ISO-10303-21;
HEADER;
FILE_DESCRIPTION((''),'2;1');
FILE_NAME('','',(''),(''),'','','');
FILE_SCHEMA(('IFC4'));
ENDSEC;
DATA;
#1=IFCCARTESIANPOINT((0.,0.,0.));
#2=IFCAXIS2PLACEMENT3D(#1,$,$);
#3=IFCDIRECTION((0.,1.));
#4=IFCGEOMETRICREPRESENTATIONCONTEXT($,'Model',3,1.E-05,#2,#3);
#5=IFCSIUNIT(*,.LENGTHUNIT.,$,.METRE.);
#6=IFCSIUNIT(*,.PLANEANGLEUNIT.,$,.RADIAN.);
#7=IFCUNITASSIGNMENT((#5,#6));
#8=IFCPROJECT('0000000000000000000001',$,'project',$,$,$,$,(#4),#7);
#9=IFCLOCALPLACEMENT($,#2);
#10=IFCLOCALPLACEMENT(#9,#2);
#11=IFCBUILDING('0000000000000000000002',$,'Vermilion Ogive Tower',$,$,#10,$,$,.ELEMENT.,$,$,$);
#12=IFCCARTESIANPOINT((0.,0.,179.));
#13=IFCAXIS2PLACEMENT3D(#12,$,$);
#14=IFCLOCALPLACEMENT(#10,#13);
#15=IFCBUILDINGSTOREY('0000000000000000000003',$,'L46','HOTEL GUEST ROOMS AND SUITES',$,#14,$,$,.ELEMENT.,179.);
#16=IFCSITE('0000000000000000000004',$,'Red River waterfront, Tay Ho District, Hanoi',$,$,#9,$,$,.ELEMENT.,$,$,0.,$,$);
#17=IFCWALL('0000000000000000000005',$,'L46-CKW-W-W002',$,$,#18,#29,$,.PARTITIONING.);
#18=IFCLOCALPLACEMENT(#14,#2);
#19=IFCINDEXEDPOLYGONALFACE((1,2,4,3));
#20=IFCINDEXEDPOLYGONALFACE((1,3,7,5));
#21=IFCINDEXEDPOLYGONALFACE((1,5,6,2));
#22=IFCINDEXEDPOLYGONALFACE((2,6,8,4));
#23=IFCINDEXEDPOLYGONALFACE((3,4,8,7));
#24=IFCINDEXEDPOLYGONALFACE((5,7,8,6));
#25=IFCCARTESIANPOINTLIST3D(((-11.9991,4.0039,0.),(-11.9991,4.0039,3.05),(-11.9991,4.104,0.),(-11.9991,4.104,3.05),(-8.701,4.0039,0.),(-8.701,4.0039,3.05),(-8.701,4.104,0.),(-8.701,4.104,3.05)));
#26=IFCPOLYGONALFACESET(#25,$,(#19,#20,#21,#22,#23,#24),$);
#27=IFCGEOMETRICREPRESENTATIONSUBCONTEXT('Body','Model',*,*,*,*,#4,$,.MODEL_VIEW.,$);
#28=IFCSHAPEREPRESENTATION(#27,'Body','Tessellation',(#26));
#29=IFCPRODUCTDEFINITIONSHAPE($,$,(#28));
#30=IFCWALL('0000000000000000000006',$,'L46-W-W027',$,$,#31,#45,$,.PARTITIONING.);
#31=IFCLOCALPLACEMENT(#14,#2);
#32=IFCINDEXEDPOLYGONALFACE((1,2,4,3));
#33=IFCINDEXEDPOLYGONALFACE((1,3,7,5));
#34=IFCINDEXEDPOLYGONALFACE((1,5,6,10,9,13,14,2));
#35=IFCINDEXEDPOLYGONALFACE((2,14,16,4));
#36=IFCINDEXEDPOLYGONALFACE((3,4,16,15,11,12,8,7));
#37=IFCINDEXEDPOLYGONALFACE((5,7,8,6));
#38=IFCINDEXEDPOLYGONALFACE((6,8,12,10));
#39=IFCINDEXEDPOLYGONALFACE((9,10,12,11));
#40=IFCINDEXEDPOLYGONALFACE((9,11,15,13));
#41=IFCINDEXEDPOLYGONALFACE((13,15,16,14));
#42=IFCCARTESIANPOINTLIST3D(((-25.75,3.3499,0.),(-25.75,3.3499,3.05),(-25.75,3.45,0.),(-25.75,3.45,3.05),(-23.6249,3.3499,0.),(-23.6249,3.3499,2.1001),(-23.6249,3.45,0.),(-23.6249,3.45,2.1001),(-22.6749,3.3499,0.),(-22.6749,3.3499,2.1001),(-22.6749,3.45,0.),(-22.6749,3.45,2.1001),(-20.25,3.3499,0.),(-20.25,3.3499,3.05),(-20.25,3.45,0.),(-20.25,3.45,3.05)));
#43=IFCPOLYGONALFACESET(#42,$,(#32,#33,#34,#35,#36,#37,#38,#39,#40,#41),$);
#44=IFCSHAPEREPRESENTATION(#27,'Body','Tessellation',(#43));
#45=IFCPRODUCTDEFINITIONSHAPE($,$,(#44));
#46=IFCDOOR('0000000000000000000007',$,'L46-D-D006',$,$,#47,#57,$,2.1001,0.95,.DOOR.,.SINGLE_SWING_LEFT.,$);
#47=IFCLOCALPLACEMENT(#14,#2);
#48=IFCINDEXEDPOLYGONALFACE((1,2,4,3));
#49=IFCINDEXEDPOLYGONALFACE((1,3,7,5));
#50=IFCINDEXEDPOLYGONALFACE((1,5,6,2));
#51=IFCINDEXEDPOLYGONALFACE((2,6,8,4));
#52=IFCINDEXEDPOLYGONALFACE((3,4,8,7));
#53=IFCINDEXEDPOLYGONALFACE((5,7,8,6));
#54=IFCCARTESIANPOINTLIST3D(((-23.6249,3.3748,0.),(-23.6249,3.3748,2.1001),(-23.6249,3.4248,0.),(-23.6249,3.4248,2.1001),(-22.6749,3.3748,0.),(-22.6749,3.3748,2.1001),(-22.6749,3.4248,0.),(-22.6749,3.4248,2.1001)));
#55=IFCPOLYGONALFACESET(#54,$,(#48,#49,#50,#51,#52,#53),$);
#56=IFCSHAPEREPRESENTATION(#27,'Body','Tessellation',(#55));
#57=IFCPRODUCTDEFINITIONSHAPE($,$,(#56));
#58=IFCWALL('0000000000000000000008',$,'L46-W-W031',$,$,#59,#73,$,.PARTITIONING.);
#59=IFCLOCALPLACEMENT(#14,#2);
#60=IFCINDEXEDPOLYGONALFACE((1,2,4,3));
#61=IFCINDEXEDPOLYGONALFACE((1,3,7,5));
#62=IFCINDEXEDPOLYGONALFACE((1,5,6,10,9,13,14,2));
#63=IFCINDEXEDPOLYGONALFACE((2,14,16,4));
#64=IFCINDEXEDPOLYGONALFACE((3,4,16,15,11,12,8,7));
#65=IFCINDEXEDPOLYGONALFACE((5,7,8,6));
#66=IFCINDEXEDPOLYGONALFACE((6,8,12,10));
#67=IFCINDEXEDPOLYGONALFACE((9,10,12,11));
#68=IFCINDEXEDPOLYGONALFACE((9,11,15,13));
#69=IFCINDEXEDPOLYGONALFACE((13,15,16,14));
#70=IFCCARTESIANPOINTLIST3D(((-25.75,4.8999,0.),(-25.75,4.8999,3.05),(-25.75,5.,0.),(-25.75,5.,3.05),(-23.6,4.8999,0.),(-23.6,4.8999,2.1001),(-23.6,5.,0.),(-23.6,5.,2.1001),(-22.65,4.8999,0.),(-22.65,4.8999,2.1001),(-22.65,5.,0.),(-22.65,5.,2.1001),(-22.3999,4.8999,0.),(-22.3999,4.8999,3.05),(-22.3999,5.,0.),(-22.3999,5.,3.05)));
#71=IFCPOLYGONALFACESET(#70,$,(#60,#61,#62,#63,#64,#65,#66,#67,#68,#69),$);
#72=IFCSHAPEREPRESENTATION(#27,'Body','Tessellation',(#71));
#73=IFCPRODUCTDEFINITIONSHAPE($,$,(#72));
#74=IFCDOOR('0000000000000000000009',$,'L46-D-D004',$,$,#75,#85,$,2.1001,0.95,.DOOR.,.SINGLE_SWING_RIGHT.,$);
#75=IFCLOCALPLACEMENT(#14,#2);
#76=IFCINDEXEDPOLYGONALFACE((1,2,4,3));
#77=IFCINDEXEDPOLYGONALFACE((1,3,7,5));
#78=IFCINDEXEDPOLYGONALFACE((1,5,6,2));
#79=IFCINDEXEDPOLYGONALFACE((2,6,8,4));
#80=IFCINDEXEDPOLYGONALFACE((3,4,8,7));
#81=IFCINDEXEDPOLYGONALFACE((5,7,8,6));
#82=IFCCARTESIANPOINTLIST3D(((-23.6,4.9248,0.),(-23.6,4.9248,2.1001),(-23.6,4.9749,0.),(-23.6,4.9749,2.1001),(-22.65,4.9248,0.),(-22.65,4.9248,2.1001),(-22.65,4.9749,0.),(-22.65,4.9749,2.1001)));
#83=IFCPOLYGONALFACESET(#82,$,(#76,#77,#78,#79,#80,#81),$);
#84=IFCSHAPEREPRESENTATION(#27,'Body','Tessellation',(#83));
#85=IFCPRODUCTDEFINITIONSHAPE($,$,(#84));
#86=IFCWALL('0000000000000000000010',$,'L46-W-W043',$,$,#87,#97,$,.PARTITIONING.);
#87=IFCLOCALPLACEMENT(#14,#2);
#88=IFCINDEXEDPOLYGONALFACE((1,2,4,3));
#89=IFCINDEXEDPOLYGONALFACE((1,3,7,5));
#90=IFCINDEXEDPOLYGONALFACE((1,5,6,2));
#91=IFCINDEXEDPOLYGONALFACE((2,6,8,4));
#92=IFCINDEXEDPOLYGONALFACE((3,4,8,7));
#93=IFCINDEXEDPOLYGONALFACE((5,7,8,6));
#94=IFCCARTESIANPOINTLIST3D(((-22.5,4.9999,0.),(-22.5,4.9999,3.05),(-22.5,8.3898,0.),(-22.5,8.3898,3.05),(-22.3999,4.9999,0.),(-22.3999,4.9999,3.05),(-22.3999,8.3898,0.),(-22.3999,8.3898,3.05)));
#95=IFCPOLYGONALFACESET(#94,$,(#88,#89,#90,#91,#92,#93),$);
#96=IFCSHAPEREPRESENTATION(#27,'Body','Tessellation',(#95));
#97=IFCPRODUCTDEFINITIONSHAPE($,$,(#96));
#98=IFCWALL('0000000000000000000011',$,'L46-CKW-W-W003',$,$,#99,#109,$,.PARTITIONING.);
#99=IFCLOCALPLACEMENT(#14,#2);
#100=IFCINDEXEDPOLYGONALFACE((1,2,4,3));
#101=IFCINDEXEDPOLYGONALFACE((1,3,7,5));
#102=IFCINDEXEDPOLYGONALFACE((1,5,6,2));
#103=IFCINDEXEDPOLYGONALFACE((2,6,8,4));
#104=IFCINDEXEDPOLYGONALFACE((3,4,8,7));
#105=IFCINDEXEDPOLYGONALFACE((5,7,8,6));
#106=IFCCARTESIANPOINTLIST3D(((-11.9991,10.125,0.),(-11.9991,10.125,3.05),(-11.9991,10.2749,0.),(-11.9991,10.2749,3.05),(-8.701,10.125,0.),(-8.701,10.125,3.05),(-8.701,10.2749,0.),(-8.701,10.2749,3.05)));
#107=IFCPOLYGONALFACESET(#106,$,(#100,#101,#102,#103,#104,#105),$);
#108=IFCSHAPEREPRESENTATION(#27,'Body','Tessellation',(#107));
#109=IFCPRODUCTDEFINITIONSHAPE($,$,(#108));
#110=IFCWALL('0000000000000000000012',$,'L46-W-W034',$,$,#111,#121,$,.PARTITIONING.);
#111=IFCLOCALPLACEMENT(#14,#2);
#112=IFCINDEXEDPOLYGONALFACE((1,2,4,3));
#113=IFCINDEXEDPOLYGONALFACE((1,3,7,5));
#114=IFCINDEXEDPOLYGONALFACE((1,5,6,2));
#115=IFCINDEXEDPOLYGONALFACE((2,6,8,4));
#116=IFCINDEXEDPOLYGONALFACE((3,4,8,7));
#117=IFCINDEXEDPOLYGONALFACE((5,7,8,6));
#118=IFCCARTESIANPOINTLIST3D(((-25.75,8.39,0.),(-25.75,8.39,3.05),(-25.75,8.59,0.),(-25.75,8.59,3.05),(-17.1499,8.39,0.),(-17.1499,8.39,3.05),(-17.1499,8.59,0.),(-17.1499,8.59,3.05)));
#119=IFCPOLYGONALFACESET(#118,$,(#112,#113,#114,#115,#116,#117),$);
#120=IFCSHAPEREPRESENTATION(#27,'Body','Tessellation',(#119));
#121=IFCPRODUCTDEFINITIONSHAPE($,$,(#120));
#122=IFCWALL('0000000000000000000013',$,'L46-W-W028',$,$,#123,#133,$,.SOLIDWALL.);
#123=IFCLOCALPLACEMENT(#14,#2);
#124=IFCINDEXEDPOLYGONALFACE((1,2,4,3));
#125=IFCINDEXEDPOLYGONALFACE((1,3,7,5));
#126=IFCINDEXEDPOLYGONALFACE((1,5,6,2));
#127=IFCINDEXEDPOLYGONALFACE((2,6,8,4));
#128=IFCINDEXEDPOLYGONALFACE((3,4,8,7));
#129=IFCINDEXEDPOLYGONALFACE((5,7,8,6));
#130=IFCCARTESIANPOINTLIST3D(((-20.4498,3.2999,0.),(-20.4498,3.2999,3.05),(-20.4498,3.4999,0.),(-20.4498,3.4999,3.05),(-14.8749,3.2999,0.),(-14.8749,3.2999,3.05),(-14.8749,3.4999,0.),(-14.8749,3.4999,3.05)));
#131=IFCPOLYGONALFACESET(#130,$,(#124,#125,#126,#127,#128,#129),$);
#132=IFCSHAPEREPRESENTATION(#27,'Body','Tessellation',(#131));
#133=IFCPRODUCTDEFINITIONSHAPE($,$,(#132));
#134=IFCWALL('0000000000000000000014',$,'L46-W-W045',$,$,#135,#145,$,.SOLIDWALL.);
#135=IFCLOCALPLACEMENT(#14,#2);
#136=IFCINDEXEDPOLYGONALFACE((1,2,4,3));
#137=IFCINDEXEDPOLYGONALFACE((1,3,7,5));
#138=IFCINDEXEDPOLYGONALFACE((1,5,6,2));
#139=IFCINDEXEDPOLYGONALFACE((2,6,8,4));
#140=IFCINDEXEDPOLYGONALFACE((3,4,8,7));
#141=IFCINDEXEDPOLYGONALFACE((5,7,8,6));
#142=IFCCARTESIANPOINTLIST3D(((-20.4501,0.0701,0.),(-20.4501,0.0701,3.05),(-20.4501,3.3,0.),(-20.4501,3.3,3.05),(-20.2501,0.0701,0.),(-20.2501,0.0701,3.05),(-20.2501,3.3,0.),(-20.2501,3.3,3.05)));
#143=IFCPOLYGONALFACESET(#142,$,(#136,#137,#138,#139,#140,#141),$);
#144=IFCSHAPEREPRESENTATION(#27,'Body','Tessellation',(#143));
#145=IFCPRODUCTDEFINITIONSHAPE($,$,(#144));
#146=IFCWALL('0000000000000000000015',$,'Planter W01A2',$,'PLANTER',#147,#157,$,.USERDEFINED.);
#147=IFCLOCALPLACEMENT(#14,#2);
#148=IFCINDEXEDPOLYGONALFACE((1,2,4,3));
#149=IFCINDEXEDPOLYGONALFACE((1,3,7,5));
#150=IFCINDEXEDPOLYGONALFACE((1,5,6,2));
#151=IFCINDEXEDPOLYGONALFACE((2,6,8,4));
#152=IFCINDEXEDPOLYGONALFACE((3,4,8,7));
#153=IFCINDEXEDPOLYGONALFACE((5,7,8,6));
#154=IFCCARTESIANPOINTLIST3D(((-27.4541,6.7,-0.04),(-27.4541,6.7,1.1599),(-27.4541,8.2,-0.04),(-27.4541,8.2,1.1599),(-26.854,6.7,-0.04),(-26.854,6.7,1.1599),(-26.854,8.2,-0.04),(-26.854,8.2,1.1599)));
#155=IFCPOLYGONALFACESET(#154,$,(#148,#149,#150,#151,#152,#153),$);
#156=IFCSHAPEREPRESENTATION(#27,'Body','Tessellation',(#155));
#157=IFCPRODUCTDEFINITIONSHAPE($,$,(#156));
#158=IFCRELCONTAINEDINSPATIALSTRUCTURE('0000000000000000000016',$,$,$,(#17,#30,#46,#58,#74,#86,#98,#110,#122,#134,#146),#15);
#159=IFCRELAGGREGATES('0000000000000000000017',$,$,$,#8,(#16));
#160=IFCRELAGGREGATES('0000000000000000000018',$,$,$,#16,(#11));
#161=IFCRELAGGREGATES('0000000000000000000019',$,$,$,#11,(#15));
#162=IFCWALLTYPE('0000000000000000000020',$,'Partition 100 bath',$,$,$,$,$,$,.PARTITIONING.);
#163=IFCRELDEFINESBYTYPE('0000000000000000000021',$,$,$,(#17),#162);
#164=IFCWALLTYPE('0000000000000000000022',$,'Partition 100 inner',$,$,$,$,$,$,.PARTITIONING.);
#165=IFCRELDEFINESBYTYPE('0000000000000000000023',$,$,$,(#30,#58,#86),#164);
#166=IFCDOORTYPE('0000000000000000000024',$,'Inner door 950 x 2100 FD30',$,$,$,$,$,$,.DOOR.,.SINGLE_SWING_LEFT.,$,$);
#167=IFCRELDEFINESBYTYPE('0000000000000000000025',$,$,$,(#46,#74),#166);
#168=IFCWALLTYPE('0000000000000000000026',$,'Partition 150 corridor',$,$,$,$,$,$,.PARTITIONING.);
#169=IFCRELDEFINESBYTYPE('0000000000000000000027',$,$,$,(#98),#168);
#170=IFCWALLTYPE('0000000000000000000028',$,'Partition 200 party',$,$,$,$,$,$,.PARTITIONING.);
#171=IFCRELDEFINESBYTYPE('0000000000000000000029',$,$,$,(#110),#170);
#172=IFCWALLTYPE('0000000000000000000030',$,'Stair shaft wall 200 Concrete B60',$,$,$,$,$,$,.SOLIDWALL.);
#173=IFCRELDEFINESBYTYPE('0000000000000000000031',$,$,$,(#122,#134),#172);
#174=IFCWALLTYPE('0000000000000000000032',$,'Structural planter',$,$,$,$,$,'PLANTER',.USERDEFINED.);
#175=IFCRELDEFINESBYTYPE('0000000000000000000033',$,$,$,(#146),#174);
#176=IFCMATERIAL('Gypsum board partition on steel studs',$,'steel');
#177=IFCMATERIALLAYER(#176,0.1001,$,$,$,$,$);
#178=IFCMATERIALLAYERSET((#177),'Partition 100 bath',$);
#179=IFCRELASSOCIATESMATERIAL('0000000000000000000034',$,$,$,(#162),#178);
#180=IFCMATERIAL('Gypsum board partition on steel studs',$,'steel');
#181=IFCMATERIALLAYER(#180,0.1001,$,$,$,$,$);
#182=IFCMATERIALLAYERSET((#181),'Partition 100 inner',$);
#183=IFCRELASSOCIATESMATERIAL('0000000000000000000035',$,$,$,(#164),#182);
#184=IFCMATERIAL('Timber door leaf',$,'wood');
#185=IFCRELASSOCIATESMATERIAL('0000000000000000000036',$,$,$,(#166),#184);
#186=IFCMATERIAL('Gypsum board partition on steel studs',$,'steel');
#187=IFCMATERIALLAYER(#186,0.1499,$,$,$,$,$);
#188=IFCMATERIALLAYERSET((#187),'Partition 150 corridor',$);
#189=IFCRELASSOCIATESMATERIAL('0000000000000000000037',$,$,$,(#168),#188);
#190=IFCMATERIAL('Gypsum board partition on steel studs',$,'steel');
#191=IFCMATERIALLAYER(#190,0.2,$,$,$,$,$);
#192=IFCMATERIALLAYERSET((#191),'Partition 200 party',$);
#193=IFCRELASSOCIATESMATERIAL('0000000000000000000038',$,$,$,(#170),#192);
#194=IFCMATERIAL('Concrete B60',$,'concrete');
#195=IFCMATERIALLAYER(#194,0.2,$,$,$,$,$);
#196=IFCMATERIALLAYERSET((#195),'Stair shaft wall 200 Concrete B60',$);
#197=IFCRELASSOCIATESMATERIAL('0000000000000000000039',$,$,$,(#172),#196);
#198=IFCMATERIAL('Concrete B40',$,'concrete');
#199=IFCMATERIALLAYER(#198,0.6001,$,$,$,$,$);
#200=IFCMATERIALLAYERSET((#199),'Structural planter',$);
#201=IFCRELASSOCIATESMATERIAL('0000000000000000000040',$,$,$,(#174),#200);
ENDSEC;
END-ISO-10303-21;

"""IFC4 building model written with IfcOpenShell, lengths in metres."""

from ifc_helpers import new_model, si_unit, direction, frame, frame_2d, origin, place, context, subcontext, project, spatial, rectangle, extrude, material, layer, layer_set, type_object, element, fill, save


model = new_model("IFC4")

# Units and contexts
model_context = context("Model", 3, precision=1e-05, world=origin(), true_north=direction((0.0, 1.0)))
body_context = subcontext(model_context, "Body", "Model", "MODEL_VIEW")
ifc_project = project(units=[si_unit("LENGTHUNIT", "METRE"), si_unit("PLANEANGLEUNIT", "RADIAN")], contexts=[model_context])

# Site, building, storey
site_placement = place(None, origin())
site = spatial("IfcSite", under=ifc_project, at=site_placement, Name="Red River waterfront, Tay Ho District, Hanoi", CompositionType="ELEMENT", RefElevation=0.0)
building_placement = place(site_placement, origin())
building = spatial("IfcBuilding", under=site, at=building_placement, Name="Vermilion Ogive Tower", CompositionType="ELEMENT")
storey_placement = place(building_placement, frame((0.0, 0.0, 179.0)))
storey = spatial("IfcBuildingStorey", under=building, at=storey_placement, Name="L46", Description="HOTEL GUEST ROOMS AND SUITES", CompositionType="ELEMENT", Elevation=179.0)

# Shared definitions
ifc_material_1 = material(Name="Gypsum board partition on steel studs", Category="steel")
ifc_layer_1 = layer(ifc_material_1, 0.1001)
ifc_layer_set_1 = layer_set([ifc_layer_1], Name="Partition 100 bath")
wall_type_1 = type_object("IfcWallType", Name="Partition 100 bath", PredefinedType="PARTITIONING", material=ifc_layer_set_1)

# Wall
wall_1_placement = place(storey_placement, frame((-11.999, 4.054, 0.0), z_axis=(0.0, 0.0, 1.0), x_axis=(1.0, 0.0, 0.0)))
element("IfcWall", 1, at=wall_1_placement, inside=storey, type_object=wall_type_1, Name="L46-CKW-W-W002", PredefinedType="PARTITIONING", context=body_context, shape_type="SweptSolid", body=[
    extrude(rectangle(XDim=3.2981, YDim=0.1001, at=frame_2d((1.6489, 0.0))), origin(), (0.0, 0.0, 1.0), 3.05),
])

# Walls, openings, doors
ifc_material_2 = material(Name="Gypsum board partition on steel studs", Category="steel")
ifc_layer_2 = layer(ifc_material_2, 0.1001)
ifc_layer_set_2 = layer_set([ifc_layer_2], Name="Partition 100 inner")
wall_type_2 = type_object("IfcWallType", Name="Partition 100 inner", PredefinedType="PARTITIONING", material=ifc_layer_set_2)
wall_2_placement = place(storey_placement, frame((-25.75, 3.3999, 0.0), z_axis=(0.0, 0.0, 1.0), x_axis=(1.0, 0.0, 0.0)))
wall_2 = element("IfcWall", 2, at=wall_2_placement, inside=storey, type_object=wall_type_2, Name="L46-W-W027", PredefinedType="PARTITIONING", context=body_context, shape_type="SweptSolid", body=[
    extrude(rectangle(XDim=5.5, YDim=0.1001, at=frame_2d((2.75, 0.0))), origin(), (0.0, 0.0, 1.0), 3.05),
])
opening_1_placement = place(wall_2_placement, frame((2.125, 0.0, 0.0)))
opening_1 = element("IfcOpeningElement", 3, at=opening_1_placement, cuts=wall_2, PredefinedType="OPENING", context=body_context, shape_type="SweptSolid", body=[
    extrude(rectangle(XDim=0.95, YDim=2.1001, at=frame_2d((0.4751, 1.05))), frame((0.0, 0.0601, 0.0), z_axis=(0.0, -1.0, 0.0), x_axis=(1.0, 0.0, 0.0)), (0.0, 0.0, 1.0), 0.1201),
])
ifc_material_3 = material(Name="Timber door leaf", Category="wood")
door_type_1 = type_object("IfcDoorType", Name="Inner door 950 x 2100 FD30", OperationType="SINGLE_SWING_LEFT", PredefinedType="DOOR", material=ifc_material_3)
door_1_placement = place(opening_1_placement, origin())
door_1 = element("IfcDoor", 4, at=door_1_placement, inside=storey, type_object=door_type_1, Name="L46-D-D006", OperationType="SINGLE_SWING_LEFT", OverallHeight=2.1001, OverallWidth=0.95, PredefinedType="DOOR", context=body_context, shape_type="SweptSolid", body=[
    extrude(rectangle(XDim=0.95, YDim=2.1001, at=frame_2d((0.4751, 1.05))), frame((0.0, 0.0249, 0.0), z_axis=(0.0, -1.0, 0.0), x_axis=(1.0, 0.0, 0.0)), (0.0, 0.0, 1.0), 0.05),
])
fill(opening_1, door_1)
wall_3_placement = place(storey_placement, frame((-25.75, 4.95, 0.0), z_axis=(0.0, 0.0, 1.0), x_axis=(1.0, 0.0, 0.0)))
wall_3 = element("IfcWall", 5, at=wall_3_placement, inside=storey, type_object=wall_type_2, Name="L46-W-W031", PredefinedType="PARTITIONING", context=body_context, shape_type="SweptSolid", body=[
    extrude(rectangle(XDim=3.3501, YDim=0.1001, at=frame_2d((1.675, 0.0))), origin(), (0.0, 0.0, 1.0), 3.05),
])
opening_2_placement = place(wall_3_placement, frame((2.1499, 0.0, 0.0)))
opening_2 = element("IfcOpeningElement", 6, at=opening_2_placement, cuts=wall_3, PredefinedType="OPENING", context=body_context, shape_type="SweptSolid", body=[
    extrude(rectangle(XDim=0.95, YDim=2.1001, at=frame_2d((0.4751, 1.05))), frame((0.0, 0.0601, 0.0), z_axis=(0.0, -1.0, 0.0), x_axis=(1.0, 0.0, 0.0)), (0.0, 0.0, 1.0), 0.1201),
])
door_2_placement = place(opening_2_placement, origin())
door_2 = element("IfcDoor", 7, at=door_2_placement, inside=storey, type_object=door_type_1, Name="L46-D-D004", OperationType="SINGLE_SWING_RIGHT", OverallHeight=2.1001, OverallWidth=0.95, PredefinedType="DOOR", context=body_context, shape_type="SweptSolid", body=[
    extrude(rectangle(XDim=0.95, YDim=2.1001, at=frame_2d((0.4751, 1.05))), frame((0.0, 0.0249, 0.0), z_axis=(0.0, -1.0, 0.0), x_axis=(1.0, 0.0, 0.0)), (0.0, 0.0, 1.0), 0.05),
])
fill(opening_2, door_2)

# Walls
wall_4_placement = place(storey_placement, frame((-22.45, 5.0, 0.0), z_axis=(0.0, 0.0, 1.0), x_axis=(0.0, 1.0, 0.0)))
element("IfcWall", 8, at=wall_4_placement, inside=storey, type_object=wall_type_2, Name="L46-W-W043", PredefinedType="PARTITIONING", context=body_context, shape_type="SweptSolid", body=[
    extrude(rectangle(XDim=3.3899, YDim=0.1001, at=frame_2d((1.6948, 0.0))), origin(), (0.0, 0.0, 1.0), 3.05),
])
ifc_material_4 = material(Name="Gypsum board partition on steel studs", Category="steel")
ifc_layer_3 = layer(ifc_material_4, 0.1499)
ifc_layer_set_3 = layer_set([ifc_layer_3], Name="Partition 150 corridor")
wall_type_3 = type_object("IfcWallType", Name="Partition 150 corridor", PredefinedType="PARTITIONING", material=ifc_layer_set_3)
wall_5_placement = place(storey_placement, frame((-11.999, 10.2, 0.0), z_axis=(0.0, 0.0, 1.0), x_axis=(1.0, 0.0, 0.0)))
element("IfcWall", 9, at=wall_5_placement, inside=storey, type_object=wall_type_3, Name="L46-CKW-W-W003", PredefinedType="PARTITIONING", context=body_context, shape_type="SweptSolid", body=[
    extrude(rectangle(XDim=3.2981, YDim=0.1499, at=frame_2d((1.6489, 0.0))), origin(), (0.0, 0.0, 1.0), 3.05),
])
ifc_material_5 = material(Name="Gypsum board partition on steel studs", Category="steel")
ifc_layer_4 = layer(ifc_material_5, 0.2)
ifc_layer_set_4 = layer_set([ifc_layer_4], Name="Partition 200 party")
wall_type_4 = type_object("IfcWallType", Name="Partition 200 party", PredefinedType="PARTITIONING", material=ifc_layer_set_4)
wall_6_placement = place(storey_placement, frame((-25.75, 8.49, 0.0), z_axis=(0.0, 0.0, 1.0), x_axis=(1.0, 0.0, 0.0)))
element("IfcWall", 10, at=wall_6_placement, inside=storey, type_object=wall_type_4, Name="L46-W-W034", PredefinedType="PARTITIONING", context=body_context, shape_type="SweptSolid", body=[
    extrude(rectangle(XDim=8.6001, YDim=0.2, at=frame_2d((4.3, 0.0))), origin(), (0.0, 0.0, 1.0), 3.05),
])
ifc_material_6 = material(Name="Concrete B60", Category="concrete")
ifc_layer_5 = layer(ifc_material_6, 0.2)
ifc_layer_set_5 = layer_set([ifc_layer_5], Name="Stair shaft wall 200 Concrete B60")
wall_type_5 = type_object("IfcWallType", Name="Stair shaft wall 200 Concrete B60", PredefinedType="SOLIDWALL", material=ifc_layer_set_5)
wall_7_placement = place(storey_placement, frame((-20.45, 3.3999, 0.0), z_axis=(0.0, 0.0, 1.0), x_axis=(1.0, 0.0, 0.0)))
element("IfcWall", 11, at=wall_7_placement, inside=storey, type_object=wall_type_5, Name="L46-W-W028", PredefinedType="SOLIDWALL", context=body_context, shape_type="SweptSolid", body=[
    extrude(rectangle(XDim=5.575, YDim=0.2, at=frame_2d((2.7876, 0.0))), origin(), (0.0, 0.0, 1.0), 3.05),
])
wall_8_placement = place(storey_placement, frame((-20.3501, 0.0701, 0.0), z_axis=(0.0, 0.0, 1.0), x_axis=(0.0, 1.0, 0.0)))
element("IfcWall", 12, at=wall_8_placement, inside=storey, type_object=wall_type_5, Name="L46-W-W045", PredefinedType="SOLIDWALL", context=body_context, shape_type="SweptSolid", body=[
    extrude(rectangle(XDim=3.23, YDim=0.2, at=frame_2d((1.615, 0.0))), origin(), (0.0, 0.0, 1.0), 3.05),
])
ifc_material_7 = material(Name="Concrete B40", Category="concrete")
ifc_layer_6 = layer(ifc_material_7, 0.6001)
ifc_layer_set_6 = layer_set([ifc_layer_6], Name="Structural planter")
wall_type_6 = type_object("IfcWallType", Name="Structural planter", ElementType="PLANTER", PredefinedType="USERDEFINED", material=ifc_layer_set_6)
wall_9_placement = place(storey_placement, frame((-27.1541, 8.2, -0.04), z_axis=(0.0, 0.0, 1.0), x_axis=(0.0, -1.0, 0.0)))
element("IfcWall", 13, at=wall_9_placement, inside=storey, type_object=wall_type_6, Name="Planter W01A2", ObjectType="PLANTER", PredefinedType="USERDEFINED", context=body_context, shape_type="SweptSolid", body=[
    extrude(rectangle(XDim=1.5, YDim=0.6001, at=frame_2d((0.75, 0.0))), origin(), (0.0, 0.0, 1.0), 1.2),
])

save(model, "model.ifc")
